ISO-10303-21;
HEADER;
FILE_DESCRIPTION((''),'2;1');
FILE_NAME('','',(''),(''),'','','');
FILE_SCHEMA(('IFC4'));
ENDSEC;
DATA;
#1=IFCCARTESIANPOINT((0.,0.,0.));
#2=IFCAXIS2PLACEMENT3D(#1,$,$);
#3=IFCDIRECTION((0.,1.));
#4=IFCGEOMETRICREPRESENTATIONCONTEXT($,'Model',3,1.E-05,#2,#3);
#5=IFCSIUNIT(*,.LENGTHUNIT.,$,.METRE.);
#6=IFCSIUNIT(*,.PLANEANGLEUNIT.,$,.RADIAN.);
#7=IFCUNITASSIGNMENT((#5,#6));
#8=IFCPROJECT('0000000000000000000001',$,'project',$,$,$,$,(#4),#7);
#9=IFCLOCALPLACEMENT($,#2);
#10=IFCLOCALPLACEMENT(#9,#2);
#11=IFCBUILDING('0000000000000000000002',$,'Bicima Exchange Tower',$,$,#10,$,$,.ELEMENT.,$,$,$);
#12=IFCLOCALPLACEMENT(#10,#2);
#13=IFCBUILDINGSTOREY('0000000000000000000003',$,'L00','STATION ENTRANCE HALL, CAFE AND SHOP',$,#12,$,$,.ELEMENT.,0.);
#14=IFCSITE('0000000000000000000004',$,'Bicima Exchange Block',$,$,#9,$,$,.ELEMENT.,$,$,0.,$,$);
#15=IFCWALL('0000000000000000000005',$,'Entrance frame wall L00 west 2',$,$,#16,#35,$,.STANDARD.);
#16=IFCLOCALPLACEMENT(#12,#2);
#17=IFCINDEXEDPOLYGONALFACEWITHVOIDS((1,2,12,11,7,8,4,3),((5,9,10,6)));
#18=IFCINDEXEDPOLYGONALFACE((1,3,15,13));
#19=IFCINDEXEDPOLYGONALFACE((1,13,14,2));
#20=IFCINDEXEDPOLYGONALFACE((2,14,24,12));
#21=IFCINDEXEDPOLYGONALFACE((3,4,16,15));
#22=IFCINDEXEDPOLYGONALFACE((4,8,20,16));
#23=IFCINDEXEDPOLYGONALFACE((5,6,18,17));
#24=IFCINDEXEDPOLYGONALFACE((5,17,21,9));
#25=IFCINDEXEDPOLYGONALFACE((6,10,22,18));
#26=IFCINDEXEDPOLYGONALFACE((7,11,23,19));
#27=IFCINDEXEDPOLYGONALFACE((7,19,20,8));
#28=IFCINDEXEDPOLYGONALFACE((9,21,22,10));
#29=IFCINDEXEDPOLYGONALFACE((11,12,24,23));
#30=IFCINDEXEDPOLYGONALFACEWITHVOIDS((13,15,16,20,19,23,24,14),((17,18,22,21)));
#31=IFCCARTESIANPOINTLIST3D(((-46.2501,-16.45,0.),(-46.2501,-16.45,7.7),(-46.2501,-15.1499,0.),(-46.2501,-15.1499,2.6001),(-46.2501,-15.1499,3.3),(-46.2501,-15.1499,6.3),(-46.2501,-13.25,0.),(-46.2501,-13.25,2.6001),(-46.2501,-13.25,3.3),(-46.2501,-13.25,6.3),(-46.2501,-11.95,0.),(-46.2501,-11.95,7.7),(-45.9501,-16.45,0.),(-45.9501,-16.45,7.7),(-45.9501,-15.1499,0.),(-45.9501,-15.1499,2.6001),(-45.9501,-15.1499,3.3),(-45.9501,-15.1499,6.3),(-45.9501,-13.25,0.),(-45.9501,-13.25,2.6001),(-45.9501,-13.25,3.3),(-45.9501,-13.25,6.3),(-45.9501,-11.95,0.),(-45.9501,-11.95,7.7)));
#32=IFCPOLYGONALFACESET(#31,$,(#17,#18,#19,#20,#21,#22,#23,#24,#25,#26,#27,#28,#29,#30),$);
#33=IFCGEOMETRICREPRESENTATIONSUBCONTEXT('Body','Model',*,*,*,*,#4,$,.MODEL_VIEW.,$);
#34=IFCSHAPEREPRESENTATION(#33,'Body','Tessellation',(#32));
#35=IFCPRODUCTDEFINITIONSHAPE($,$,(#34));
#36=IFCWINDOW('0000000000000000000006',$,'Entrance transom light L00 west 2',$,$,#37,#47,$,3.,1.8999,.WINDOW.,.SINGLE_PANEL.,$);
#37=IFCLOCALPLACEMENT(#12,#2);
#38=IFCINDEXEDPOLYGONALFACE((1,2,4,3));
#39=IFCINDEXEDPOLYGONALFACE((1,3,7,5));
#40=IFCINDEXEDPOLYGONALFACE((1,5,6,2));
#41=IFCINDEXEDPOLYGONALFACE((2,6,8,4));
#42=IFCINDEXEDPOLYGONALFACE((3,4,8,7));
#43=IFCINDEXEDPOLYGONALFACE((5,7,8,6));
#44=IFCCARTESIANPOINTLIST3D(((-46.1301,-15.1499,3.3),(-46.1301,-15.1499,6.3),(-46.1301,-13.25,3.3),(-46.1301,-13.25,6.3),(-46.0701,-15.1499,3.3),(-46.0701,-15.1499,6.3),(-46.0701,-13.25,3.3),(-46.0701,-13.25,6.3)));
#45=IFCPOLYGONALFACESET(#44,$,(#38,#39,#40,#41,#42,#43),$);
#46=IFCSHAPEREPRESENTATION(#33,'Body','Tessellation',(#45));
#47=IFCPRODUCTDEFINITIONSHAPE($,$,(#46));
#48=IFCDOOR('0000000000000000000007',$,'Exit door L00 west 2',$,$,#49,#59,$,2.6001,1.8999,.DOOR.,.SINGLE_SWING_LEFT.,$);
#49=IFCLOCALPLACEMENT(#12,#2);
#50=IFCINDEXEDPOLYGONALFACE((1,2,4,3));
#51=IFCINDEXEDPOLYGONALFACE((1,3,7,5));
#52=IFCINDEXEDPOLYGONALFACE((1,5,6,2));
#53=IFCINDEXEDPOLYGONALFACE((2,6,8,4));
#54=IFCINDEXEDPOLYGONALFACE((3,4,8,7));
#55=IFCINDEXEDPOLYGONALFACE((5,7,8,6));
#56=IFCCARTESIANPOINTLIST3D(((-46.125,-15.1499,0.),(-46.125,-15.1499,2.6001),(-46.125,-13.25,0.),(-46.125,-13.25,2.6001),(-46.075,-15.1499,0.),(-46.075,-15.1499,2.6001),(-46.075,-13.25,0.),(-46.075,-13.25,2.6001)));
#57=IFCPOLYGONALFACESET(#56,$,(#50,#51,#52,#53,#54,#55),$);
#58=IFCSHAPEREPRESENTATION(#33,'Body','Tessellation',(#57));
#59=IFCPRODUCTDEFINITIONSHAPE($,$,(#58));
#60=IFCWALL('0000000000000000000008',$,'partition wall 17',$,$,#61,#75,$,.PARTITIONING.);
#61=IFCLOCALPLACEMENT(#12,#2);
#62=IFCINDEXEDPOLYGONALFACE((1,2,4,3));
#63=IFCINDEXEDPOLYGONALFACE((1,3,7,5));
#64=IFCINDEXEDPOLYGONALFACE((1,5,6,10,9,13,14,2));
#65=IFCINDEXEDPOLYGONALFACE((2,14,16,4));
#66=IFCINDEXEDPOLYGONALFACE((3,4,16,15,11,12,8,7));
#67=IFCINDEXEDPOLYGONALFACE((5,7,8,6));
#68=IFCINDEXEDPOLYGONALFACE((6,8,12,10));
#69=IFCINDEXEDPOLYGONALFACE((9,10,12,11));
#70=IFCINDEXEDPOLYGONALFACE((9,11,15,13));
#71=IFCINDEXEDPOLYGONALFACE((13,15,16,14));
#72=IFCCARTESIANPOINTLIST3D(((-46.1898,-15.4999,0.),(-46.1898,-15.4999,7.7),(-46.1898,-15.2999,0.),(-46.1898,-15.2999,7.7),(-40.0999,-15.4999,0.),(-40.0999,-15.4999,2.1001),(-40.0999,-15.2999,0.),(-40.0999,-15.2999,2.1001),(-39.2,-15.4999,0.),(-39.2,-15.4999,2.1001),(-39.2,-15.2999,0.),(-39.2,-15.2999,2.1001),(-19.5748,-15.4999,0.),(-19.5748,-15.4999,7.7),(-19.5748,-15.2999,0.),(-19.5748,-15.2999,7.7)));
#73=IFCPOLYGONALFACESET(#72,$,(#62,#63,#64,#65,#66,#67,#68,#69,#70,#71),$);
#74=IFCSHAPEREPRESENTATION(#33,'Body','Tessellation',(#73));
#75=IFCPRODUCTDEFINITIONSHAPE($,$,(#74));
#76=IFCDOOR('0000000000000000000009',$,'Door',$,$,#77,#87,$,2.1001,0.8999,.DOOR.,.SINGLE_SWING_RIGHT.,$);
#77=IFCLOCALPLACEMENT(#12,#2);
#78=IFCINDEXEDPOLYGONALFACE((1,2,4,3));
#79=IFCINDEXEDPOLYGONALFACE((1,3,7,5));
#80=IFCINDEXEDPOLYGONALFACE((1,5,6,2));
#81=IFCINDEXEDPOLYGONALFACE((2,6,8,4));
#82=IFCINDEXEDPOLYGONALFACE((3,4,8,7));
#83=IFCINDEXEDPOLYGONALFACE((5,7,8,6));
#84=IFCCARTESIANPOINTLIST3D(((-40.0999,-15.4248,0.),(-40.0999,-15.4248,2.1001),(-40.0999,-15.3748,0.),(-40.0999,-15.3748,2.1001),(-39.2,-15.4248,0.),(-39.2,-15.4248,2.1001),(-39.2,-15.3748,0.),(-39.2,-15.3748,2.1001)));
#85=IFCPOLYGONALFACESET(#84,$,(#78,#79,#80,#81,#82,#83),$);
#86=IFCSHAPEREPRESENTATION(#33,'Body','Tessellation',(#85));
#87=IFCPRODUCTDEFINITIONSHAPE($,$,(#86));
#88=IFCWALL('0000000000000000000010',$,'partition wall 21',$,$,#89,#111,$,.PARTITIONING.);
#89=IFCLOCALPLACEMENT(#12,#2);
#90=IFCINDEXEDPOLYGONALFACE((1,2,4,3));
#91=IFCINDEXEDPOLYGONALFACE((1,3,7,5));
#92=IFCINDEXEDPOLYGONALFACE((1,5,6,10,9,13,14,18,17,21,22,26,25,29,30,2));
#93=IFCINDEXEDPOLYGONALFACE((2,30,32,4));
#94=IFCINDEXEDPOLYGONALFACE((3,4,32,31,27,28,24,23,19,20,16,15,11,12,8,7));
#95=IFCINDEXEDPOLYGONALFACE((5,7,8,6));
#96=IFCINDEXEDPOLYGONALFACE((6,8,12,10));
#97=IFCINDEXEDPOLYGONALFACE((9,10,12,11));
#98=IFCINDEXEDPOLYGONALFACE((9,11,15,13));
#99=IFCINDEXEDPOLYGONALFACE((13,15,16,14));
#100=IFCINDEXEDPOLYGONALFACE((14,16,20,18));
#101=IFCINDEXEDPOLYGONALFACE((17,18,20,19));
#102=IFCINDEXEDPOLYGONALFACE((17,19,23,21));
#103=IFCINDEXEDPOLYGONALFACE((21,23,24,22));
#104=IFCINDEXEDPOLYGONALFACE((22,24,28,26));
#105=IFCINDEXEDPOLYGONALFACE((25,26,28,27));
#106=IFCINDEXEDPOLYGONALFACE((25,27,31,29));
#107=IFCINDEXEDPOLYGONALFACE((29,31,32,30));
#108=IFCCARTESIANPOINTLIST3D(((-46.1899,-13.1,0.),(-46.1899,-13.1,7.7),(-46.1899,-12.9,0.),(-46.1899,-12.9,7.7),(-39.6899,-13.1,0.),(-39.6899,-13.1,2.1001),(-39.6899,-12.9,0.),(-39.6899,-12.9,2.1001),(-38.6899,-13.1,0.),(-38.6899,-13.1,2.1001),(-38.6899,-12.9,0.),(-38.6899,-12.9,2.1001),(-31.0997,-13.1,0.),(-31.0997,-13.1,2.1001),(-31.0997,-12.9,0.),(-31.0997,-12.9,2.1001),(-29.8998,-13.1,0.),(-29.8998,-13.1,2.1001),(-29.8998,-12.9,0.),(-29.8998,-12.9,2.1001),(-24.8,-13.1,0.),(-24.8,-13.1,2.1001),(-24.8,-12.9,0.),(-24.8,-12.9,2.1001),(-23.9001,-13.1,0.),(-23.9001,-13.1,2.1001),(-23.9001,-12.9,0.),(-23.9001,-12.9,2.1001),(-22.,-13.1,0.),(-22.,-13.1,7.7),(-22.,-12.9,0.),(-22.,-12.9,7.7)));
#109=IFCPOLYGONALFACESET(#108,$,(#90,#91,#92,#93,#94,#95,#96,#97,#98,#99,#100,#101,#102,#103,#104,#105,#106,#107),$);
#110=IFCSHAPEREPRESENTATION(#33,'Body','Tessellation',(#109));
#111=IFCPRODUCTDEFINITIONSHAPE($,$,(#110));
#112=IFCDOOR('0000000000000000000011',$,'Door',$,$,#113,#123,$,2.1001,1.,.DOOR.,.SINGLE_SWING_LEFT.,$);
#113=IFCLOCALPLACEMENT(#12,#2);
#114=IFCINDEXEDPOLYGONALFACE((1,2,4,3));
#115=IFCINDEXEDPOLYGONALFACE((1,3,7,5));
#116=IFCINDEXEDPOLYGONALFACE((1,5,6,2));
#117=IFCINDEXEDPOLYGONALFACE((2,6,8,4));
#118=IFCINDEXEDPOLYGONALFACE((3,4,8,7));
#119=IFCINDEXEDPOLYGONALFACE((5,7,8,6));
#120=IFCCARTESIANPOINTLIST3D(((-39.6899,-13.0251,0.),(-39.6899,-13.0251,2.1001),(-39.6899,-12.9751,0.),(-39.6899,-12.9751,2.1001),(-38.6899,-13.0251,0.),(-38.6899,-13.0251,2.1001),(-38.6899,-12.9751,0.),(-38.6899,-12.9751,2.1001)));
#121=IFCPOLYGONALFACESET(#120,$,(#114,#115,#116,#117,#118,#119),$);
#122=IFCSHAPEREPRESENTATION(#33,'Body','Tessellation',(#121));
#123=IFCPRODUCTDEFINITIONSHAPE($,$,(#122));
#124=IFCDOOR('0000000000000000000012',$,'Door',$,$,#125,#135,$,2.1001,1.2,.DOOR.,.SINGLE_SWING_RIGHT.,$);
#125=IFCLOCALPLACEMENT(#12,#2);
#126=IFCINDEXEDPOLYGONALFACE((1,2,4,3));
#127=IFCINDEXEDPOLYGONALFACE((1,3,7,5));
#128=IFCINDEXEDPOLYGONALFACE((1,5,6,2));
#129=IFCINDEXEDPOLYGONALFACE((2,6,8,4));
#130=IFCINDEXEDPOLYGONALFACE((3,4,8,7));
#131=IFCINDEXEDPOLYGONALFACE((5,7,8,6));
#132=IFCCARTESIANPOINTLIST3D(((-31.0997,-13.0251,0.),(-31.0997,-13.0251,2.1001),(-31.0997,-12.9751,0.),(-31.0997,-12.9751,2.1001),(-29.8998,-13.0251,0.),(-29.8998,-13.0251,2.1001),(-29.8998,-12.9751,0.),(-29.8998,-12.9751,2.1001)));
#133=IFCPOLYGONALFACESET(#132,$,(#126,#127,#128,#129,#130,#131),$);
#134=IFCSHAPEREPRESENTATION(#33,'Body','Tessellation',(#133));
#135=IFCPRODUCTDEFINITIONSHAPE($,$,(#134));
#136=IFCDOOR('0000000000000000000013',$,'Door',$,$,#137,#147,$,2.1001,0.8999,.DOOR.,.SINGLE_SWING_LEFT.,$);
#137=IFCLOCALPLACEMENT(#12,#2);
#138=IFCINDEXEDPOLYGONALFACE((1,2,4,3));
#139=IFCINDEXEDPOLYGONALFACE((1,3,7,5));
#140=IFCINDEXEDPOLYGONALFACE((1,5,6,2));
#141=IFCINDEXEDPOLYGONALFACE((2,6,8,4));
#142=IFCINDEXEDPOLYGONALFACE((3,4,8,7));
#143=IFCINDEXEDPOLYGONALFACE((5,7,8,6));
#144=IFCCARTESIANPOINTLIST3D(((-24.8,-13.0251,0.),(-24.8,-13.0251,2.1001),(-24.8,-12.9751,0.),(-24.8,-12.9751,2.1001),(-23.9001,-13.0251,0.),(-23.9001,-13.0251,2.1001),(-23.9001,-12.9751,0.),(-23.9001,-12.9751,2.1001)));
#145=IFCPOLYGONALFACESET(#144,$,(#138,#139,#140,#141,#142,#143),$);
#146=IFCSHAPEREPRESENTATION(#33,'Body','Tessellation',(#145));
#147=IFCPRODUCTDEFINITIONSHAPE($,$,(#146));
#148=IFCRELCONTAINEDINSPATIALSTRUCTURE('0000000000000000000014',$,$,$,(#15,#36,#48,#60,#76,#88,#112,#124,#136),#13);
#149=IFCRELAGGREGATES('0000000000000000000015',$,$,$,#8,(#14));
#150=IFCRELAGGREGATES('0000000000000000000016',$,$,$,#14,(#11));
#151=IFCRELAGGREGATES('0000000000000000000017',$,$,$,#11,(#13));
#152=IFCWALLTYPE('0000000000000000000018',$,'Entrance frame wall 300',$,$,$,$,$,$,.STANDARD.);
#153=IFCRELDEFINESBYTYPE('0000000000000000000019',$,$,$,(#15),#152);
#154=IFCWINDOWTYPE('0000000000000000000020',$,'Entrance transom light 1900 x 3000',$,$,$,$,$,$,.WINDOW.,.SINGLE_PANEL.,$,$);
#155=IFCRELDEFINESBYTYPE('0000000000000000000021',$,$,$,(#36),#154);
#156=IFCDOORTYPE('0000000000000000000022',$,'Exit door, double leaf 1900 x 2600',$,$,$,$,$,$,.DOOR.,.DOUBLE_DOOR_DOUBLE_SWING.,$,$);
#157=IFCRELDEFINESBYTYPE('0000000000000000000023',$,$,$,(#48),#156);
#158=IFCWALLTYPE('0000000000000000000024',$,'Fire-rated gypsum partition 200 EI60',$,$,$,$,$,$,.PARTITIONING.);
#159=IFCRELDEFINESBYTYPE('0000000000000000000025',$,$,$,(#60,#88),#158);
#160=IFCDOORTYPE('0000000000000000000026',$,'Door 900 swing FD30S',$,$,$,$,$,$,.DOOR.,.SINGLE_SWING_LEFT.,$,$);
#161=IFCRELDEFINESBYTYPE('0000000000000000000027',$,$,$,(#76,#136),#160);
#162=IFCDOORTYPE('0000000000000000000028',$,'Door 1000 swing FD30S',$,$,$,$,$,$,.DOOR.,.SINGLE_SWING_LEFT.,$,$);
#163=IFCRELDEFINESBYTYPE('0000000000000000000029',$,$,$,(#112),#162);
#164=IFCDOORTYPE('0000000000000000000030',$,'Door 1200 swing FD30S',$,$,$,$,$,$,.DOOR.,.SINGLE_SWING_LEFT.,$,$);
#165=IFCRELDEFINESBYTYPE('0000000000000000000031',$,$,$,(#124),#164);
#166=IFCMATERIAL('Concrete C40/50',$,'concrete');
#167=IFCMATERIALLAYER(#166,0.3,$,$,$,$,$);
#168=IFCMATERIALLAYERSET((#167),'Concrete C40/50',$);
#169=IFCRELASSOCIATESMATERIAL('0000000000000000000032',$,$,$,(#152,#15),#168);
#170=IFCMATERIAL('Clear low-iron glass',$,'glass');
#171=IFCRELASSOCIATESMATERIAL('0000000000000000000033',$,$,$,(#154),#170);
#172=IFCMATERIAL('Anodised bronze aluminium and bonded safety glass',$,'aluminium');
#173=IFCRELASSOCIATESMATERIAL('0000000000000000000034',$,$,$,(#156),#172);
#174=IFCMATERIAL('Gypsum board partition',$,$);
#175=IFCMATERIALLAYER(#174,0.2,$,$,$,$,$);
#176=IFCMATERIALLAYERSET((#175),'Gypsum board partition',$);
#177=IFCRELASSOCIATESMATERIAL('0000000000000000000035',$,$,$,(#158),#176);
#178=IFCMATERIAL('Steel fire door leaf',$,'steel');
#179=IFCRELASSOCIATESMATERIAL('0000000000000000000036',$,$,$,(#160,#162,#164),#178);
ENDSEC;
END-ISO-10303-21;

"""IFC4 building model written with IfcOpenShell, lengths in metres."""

from ifc_helpers import new_model, si_unit, direction, frame, frame_2d, origin, place, context, subcontext, project, spatial, rectangle, extrude, material, layer, layer_set, layer_usage, type_object, element, fill, save


model = new_model("IFC4")

# Units and contexts
model_context = context("Model", 3, precision=1e-05, world=origin(), true_north=direction((0.0, 1.0)))
body_context = subcontext(model_context, "Body", "Model", "MODEL_VIEW")
ifc_project = project(units=[si_unit("LENGTHUNIT", "METRE"), si_unit("PLANEANGLEUNIT", "RADIAN")], contexts=[model_context])

# Site, building, storey
site_placement = place(None, origin())
site = spatial("IfcSite", under=ifc_project, at=site_placement, Name="Bicima Exchange Block", CompositionType="ELEMENT", RefElevation=0.0)
building_placement = place(site_placement, origin())
building = spatial("IfcBuilding", under=site, at=building_placement, Name="Bicima Exchange Tower", CompositionType="ELEMENT")
storey_placement = place(building_placement, origin())
storey = spatial("IfcBuildingStorey", under=building, at=storey_placement, Name="L00", Description="STATION ENTRANCE HALL, CAFE AND SHOP", CompositionType="ELEMENT", Elevation=0.0)

# Shared definitions
ifc_material_1 = material(Name="Clear low-iron glass", Category="glass")

# Wall, openings, window, door
ifc_material_2 = material(Name="Concrete C40/50", Category="concrete")
ifc_layer_1 = layer(ifc_material_2, 0.3)
ifc_layer_set_1 = layer_set([ifc_layer_1], Name="Concrete C40/50")
ifc_layer_usage = layer_usage(ifc_layer_set_1, "AXIS2", "POSITIVE", -0.15)
wall_type_1 = type_object("IfcWallType", Name="Entrance frame wall 300", PredefinedType="STANDARD", material=ifc_layer_set_1)
wall_1_placement = place(storey_placement, frame((-46.1001, -16.45, 0.0), z_axis=(0.0, 0.0, 1.0), x_axis=(0.0, 1.0, 0.0)))
wall_1 = element("IfcWall", 1, at=wall_1_placement, inside=storey, type_object=wall_type_1, material=ifc_layer_usage, Name="Entrance frame wall L00 west 2", PredefinedType="STANDARD", context=body_context, shape_type="SweptSolid", body=[
    extrude(rectangle(XDim=4.5, YDim=0.3, at=frame_2d((2.25, 0.0))), origin(), (0.0, 0.0, 1.0), 7.7),
])
opening_1_placement = place(wall_1_placement, frame((1.3, 0.0, 0.0)))
opening_1 = element("IfcOpeningElement", 2, at=opening_1_placement, cuts=wall_1, PredefinedType="OPENING", context=body_context, shape_type="SweptSolid", body=[
    extrude(rectangle(XDim=1.8999, YDim=2.6001, at=frame_2d((0.95, 1.3))), frame((0.0, 0.1621, 0.0), z_axis=(0.0, -1.0, 0.0), x_axis=(1.0, 0.0, 0.0)), (0.0, 0.0, 1.0), 0.324),
])
opening_2_placement = place(wall_1_placement, frame((1.3, 0.0, 3.3)))
opening_2 = element("IfcOpeningElement", 3, at=opening_2_placement, cuts=wall_1, PredefinedType="OPENING", context=body_context, shape_type="SweptSolid", body=[
    extrude(rectangle(XDim=1.8999, YDim=3.0, at=frame_2d((0.95, 1.5))), frame((0.0, 0.1621, 0.0), z_axis=(0.0, -1.0, 0.0), x_axis=(1.0, 0.0, 0.0)), (0.0, 0.0, 1.0), 0.324),
])
window_type = type_object("IfcWindowType", Name="Entrance transom light 1900 x 3000", PartitioningType="SINGLE_PANEL", PredefinedType="WINDOW", material=ifc_material_1)
window_placement = place(opening_2_placement, origin())
window = element("IfcWindow", 4, at=window_placement, inside=storey, type_object=window_type, Name="Entrance transom light L00 west 2", OverallHeight=3.0, OverallWidth=1.8999, PartitioningType="SINGLE_PANEL", PredefinedType="WINDOW", context=body_context, shape_type="SweptSolid", body=[
    extrude(rectangle(XDim=1.8999, YDim=3.0, at=frame_2d((0.95, 1.5))), frame((0.0, 0.03, 0.0), z_axis=(0.0, -1.0, 0.0), x_axis=(1.0, 0.0, 0.0)), (0.0, 0.0, 1.0), 0.0601),
])
fill(opening_2, window)
ifc_material_3 = material(Name="Anodised bronze aluminium and bonded safety glass", Category="aluminium")
door_type_1 = type_object("IfcDoorType", Name="Exit door, double leaf 1900 x 2600", OperationType="DOUBLE_DOOR_DOUBLE_SWING", PredefinedType="DOOR", material=ifc_material_3)
door_1_placement = place(opening_1_placement, origin())
door_1 = element("IfcDoor", 5, at=door_1_placement, inside=storey, type_object=door_type_1, Name="Exit door L00 west 2", OperationType="SINGLE_SWING_LEFT", OverallHeight=2.6001, OverallWidth=1.8999, PredefinedType="DOOR", context=body_context, shape_type="SweptSolid", body=[
    extrude(rectangle(XDim=1.8999, YDim=2.6001, at=frame_2d((0.95, 1.3))), frame((0.0, 0.0249, 0.0), z_axis=(0.0, -1.0, 0.0), x_axis=(1.0, 0.0, 0.0)), (0.0, 0.0, 1.0), 0.05),
])
fill(opening_1, door_1)

# Wall, opening, door
ifc_material_4 = material(Name="Gypsum board partition")
ifc_layer_2 = layer(ifc_material_4, 0.2)
ifc_layer_set_2 = layer_set([ifc_layer_2], Name="Gypsum board partition")
wall_type_2 = type_object("IfcWallType", Name="Fire-rated gypsum partition 200 EI60", PredefinedType="PARTITIONING", material=ifc_layer_set_2)
wall_2_placement = place(storey_placement, frame((-46.1899, -15.3999, 0.0), z_axis=(0.0, 0.0, 1.0), x_axis=(1.0, 0.0, 0.0)))
wall_2 = element("IfcWall", 6, at=wall_2_placement, inside=storey, type_object=wall_type_2, Name="partition wall 17", PredefinedType="PARTITIONING", context=body_context, shape_type="SweptSolid", body=[
    extrude(rectangle(XDim=26.615, YDim=0.2, at=frame_2d((13.3076, 0.0))), origin(), (0.0, 0.0, 1.0), 7.7),
])
opening_3_placement = place(wall_2_placement, frame((6.0901, 0.0, 0.0)))
opening_3 = element("IfcOpeningElement", 7, at=opening_3_placement, cuts=wall_2, PredefinedType="OPENING", context=body_context, shape_type="SweptSolid", body=[
    extrude(rectangle(XDim=0.8999, YDim=2.1001, at=frame_2d((0.45, 1.05))), frame((0.0, 0.1118, 0.0), z_axis=(0.0, -1.0, 0.0), x_axis=(1.0, 0.0, 0.0)), (0.0, 0.0, 1.0), 0.2239),
])
ifc_material_5 = material(Name="Steel fire door leaf", Category="steel")
door_type_2 = type_object("IfcDoorType", Name="Door 900 swing FD30S", OperationType="SINGLE_SWING_LEFT", PredefinedType="DOOR", material=ifc_material_5)
door_2_placement = place(opening_3_placement, frame((0.8999, 0.0, 0.0), z_axis=(0.0, 0.0, 1.0), x_axis=(-1.0, 0.0, 0.0)))
door_2 = element("IfcDoor", 8, at=door_2_placement, inside=storey, type_object=door_type_2, Name="Door", OperationType="SINGLE_SWING_RIGHT", OverallHeight=2.1001, OverallWidth=0.8999, PredefinedType="DOOR", context=body_context, shape_type="SweptSolid", body=[
    extrude(rectangle(XDim=0.8999, YDim=2.1001, at=frame_2d((0.45, 1.05))), frame((0.0, 0.0249, 0.0), z_axis=(0.0, -1.0, 0.0), x_axis=(1.0, 0.0, 0.0)), (0.0, 0.0, 1.0), 0.05),
])
fill(opening_3, door_2)

# Wall, openings, doors
wall_3_placement = place(storey_placement, frame((-46.1899, -13.0, 0.0), z_axis=(0.0, 0.0, 1.0), x_axis=(1.0, 0.0, 0.0)))
wall_3 = element("IfcWall", 9, at=wall_3_placement, inside=storey, type_object=wall_type_2, Name="partition wall 21", PredefinedType="PARTITIONING", context=body_context, shape_type="SweptSolid", body=[
    extrude(rectangle(XDim=24.1899, YDim=0.2, at=frame_2d((12.095, 0.0))), origin(), (0.0, 0.0, 1.0), 7.7),
])
opening_4_placement = place(wall_3_placement, frame((15.0901, 0.0, 0.0)))
opening_4 = element("IfcOpeningElement", 10, at=opening_4_placement, cuts=wall_3, PredefinedType="OPENING", context=body_context, shape_type="SweptSolid", body=[
    extrude(rectangle(XDim=1.2, YDim=2.1001, at=frame_2d((0.6001, 1.05))), frame((0.0, 0.1118, 0.0), z_axis=(0.0, -1.0, 0.0), x_axis=(1.0, 0.0, 0.0)), (0.0, 0.0, 1.0), 0.2239),
])
opening_5_placement = place(wall_3_placement, frame((21.3899, 0.0, 0.0)))
opening_5 = element("IfcOpeningElement", 11, at=opening_5_placement, cuts=wall_3, PredefinedType="OPENING", context=body_context, shape_type="SweptSolid", body=[
    extrude(rectangle(XDim=0.8999, YDim=2.1001, at=frame_2d((0.45, 1.05))), frame((0.0, 0.1118, 0.0), z_axis=(0.0, -1.0, 0.0), x_axis=(1.0, 0.0, 0.0)), (0.0, 0.0, 1.0), 0.2239),
])
opening_6_placement = place(wall_3_placement, frame((6.5, 0.0, 0.0)))
opening_6 = element("IfcOpeningElement", 12, at=opening_6_placement, cuts=wall_3, PredefinedType="OPENING", context=body_context, shape_type="SweptSolid", body=[
    extrude(rectangle(XDim=1.0, YDim=2.1001, at=frame_2d((0.5, 1.05))), frame((0.0, 0.1118, 0.0), z_axis=(0.0, -1.0, 0.0), x_axis=(1.0, 0.0, 0.0)), (0.0, 0.0, 1.0), 0.2239),
])
door_type_3 = type_object("IfcDoorType", Name="Door 1000 swing FD30S", OperationType="SINGLE_SWING_LEFT", PredefinedType="DOOR", material=ifc_material_5)
door_3_placement = place(opening_6_placement, origin())
door_3 = element("IfcDoor", 13, at=door_3_placement, inside=storey, type_object=door_type_3, Name="Door", OperationType="SINGLE_SWING_LEFT", OverallHeight=2.1001, OverallWidth=1.0, PredefinedType="DOOR", context=body_context, shape_type="SweptSolid", body=[
    extrude(rectangle(XDim=1.0, YDim=2.1001, at=frame_2d((0.5, 1.05))), frame((0.0, 0.0249, 0.0), z_axis=(0.0, -1.0, 0.0), x_axis=(1.0, 0.0, 0.0)), (0.0, 0.0, 1.0), 0.05),
])
fill(opening_6, door_3)
door_type_4 = type_object("IfcDoorType", Name="Door 1200 swing FD30S", OperationType="SINGLE_SWING_LEFT", PredefinedType="DOOR", material=ifc_material_5)
door_4_placement = place(opening_4_placement, origin())
door_4 = element("IfcDoor", 14, at=door_4_placement, inside=storey, type_object=door_type_4, Name="Door", OperationType="SINGLE_SWING_RIGHT", OverallHeight=2.1001, OverallWidth=1.2, PredefinedType="DOOR", context=body_context, shape_type="SweptSolid", body=[
    extrude(rectangle(XDim=1.2, YDim=2.1001, at=frame_2d((0.6001, 1.05))), frame((0.0, 0.0249, 0.0), z_axis=(0.0, -1.0, 0.0), x_axis=(1.0, 0.0, 0.0)), (0.0, 0.0, 1.0), 0.05),
])
fill(opening_4, door_4)
door_5_placement = place(opening_5_placement, origin())
door_5 = element("IfcDoor", 15, at=door_5_placement, inside=storey, type_object=door_type_2, Name="Door", OperationType="SINGLE_SWING_LEFT", OverallHeight=2.1001, OverallWidth=0.8999, PredefinedType="DOOR", context=body_context, shape_type="SweptSolid", body=[
    extrude(rectangle(XDim=0.8999, YDim=2.1001, at=frame_2d((0.45, 1.05))), frame((0.0, 0.0249, 0.0), z_axis=(0.0, -1.0, 0.0), x_axis=(1.0, 0.0, 0.0)), (0.0, 0.0, 1.0), 0.05),
])
fill(opening_5, door_5)

save(model, "model.ifc")
